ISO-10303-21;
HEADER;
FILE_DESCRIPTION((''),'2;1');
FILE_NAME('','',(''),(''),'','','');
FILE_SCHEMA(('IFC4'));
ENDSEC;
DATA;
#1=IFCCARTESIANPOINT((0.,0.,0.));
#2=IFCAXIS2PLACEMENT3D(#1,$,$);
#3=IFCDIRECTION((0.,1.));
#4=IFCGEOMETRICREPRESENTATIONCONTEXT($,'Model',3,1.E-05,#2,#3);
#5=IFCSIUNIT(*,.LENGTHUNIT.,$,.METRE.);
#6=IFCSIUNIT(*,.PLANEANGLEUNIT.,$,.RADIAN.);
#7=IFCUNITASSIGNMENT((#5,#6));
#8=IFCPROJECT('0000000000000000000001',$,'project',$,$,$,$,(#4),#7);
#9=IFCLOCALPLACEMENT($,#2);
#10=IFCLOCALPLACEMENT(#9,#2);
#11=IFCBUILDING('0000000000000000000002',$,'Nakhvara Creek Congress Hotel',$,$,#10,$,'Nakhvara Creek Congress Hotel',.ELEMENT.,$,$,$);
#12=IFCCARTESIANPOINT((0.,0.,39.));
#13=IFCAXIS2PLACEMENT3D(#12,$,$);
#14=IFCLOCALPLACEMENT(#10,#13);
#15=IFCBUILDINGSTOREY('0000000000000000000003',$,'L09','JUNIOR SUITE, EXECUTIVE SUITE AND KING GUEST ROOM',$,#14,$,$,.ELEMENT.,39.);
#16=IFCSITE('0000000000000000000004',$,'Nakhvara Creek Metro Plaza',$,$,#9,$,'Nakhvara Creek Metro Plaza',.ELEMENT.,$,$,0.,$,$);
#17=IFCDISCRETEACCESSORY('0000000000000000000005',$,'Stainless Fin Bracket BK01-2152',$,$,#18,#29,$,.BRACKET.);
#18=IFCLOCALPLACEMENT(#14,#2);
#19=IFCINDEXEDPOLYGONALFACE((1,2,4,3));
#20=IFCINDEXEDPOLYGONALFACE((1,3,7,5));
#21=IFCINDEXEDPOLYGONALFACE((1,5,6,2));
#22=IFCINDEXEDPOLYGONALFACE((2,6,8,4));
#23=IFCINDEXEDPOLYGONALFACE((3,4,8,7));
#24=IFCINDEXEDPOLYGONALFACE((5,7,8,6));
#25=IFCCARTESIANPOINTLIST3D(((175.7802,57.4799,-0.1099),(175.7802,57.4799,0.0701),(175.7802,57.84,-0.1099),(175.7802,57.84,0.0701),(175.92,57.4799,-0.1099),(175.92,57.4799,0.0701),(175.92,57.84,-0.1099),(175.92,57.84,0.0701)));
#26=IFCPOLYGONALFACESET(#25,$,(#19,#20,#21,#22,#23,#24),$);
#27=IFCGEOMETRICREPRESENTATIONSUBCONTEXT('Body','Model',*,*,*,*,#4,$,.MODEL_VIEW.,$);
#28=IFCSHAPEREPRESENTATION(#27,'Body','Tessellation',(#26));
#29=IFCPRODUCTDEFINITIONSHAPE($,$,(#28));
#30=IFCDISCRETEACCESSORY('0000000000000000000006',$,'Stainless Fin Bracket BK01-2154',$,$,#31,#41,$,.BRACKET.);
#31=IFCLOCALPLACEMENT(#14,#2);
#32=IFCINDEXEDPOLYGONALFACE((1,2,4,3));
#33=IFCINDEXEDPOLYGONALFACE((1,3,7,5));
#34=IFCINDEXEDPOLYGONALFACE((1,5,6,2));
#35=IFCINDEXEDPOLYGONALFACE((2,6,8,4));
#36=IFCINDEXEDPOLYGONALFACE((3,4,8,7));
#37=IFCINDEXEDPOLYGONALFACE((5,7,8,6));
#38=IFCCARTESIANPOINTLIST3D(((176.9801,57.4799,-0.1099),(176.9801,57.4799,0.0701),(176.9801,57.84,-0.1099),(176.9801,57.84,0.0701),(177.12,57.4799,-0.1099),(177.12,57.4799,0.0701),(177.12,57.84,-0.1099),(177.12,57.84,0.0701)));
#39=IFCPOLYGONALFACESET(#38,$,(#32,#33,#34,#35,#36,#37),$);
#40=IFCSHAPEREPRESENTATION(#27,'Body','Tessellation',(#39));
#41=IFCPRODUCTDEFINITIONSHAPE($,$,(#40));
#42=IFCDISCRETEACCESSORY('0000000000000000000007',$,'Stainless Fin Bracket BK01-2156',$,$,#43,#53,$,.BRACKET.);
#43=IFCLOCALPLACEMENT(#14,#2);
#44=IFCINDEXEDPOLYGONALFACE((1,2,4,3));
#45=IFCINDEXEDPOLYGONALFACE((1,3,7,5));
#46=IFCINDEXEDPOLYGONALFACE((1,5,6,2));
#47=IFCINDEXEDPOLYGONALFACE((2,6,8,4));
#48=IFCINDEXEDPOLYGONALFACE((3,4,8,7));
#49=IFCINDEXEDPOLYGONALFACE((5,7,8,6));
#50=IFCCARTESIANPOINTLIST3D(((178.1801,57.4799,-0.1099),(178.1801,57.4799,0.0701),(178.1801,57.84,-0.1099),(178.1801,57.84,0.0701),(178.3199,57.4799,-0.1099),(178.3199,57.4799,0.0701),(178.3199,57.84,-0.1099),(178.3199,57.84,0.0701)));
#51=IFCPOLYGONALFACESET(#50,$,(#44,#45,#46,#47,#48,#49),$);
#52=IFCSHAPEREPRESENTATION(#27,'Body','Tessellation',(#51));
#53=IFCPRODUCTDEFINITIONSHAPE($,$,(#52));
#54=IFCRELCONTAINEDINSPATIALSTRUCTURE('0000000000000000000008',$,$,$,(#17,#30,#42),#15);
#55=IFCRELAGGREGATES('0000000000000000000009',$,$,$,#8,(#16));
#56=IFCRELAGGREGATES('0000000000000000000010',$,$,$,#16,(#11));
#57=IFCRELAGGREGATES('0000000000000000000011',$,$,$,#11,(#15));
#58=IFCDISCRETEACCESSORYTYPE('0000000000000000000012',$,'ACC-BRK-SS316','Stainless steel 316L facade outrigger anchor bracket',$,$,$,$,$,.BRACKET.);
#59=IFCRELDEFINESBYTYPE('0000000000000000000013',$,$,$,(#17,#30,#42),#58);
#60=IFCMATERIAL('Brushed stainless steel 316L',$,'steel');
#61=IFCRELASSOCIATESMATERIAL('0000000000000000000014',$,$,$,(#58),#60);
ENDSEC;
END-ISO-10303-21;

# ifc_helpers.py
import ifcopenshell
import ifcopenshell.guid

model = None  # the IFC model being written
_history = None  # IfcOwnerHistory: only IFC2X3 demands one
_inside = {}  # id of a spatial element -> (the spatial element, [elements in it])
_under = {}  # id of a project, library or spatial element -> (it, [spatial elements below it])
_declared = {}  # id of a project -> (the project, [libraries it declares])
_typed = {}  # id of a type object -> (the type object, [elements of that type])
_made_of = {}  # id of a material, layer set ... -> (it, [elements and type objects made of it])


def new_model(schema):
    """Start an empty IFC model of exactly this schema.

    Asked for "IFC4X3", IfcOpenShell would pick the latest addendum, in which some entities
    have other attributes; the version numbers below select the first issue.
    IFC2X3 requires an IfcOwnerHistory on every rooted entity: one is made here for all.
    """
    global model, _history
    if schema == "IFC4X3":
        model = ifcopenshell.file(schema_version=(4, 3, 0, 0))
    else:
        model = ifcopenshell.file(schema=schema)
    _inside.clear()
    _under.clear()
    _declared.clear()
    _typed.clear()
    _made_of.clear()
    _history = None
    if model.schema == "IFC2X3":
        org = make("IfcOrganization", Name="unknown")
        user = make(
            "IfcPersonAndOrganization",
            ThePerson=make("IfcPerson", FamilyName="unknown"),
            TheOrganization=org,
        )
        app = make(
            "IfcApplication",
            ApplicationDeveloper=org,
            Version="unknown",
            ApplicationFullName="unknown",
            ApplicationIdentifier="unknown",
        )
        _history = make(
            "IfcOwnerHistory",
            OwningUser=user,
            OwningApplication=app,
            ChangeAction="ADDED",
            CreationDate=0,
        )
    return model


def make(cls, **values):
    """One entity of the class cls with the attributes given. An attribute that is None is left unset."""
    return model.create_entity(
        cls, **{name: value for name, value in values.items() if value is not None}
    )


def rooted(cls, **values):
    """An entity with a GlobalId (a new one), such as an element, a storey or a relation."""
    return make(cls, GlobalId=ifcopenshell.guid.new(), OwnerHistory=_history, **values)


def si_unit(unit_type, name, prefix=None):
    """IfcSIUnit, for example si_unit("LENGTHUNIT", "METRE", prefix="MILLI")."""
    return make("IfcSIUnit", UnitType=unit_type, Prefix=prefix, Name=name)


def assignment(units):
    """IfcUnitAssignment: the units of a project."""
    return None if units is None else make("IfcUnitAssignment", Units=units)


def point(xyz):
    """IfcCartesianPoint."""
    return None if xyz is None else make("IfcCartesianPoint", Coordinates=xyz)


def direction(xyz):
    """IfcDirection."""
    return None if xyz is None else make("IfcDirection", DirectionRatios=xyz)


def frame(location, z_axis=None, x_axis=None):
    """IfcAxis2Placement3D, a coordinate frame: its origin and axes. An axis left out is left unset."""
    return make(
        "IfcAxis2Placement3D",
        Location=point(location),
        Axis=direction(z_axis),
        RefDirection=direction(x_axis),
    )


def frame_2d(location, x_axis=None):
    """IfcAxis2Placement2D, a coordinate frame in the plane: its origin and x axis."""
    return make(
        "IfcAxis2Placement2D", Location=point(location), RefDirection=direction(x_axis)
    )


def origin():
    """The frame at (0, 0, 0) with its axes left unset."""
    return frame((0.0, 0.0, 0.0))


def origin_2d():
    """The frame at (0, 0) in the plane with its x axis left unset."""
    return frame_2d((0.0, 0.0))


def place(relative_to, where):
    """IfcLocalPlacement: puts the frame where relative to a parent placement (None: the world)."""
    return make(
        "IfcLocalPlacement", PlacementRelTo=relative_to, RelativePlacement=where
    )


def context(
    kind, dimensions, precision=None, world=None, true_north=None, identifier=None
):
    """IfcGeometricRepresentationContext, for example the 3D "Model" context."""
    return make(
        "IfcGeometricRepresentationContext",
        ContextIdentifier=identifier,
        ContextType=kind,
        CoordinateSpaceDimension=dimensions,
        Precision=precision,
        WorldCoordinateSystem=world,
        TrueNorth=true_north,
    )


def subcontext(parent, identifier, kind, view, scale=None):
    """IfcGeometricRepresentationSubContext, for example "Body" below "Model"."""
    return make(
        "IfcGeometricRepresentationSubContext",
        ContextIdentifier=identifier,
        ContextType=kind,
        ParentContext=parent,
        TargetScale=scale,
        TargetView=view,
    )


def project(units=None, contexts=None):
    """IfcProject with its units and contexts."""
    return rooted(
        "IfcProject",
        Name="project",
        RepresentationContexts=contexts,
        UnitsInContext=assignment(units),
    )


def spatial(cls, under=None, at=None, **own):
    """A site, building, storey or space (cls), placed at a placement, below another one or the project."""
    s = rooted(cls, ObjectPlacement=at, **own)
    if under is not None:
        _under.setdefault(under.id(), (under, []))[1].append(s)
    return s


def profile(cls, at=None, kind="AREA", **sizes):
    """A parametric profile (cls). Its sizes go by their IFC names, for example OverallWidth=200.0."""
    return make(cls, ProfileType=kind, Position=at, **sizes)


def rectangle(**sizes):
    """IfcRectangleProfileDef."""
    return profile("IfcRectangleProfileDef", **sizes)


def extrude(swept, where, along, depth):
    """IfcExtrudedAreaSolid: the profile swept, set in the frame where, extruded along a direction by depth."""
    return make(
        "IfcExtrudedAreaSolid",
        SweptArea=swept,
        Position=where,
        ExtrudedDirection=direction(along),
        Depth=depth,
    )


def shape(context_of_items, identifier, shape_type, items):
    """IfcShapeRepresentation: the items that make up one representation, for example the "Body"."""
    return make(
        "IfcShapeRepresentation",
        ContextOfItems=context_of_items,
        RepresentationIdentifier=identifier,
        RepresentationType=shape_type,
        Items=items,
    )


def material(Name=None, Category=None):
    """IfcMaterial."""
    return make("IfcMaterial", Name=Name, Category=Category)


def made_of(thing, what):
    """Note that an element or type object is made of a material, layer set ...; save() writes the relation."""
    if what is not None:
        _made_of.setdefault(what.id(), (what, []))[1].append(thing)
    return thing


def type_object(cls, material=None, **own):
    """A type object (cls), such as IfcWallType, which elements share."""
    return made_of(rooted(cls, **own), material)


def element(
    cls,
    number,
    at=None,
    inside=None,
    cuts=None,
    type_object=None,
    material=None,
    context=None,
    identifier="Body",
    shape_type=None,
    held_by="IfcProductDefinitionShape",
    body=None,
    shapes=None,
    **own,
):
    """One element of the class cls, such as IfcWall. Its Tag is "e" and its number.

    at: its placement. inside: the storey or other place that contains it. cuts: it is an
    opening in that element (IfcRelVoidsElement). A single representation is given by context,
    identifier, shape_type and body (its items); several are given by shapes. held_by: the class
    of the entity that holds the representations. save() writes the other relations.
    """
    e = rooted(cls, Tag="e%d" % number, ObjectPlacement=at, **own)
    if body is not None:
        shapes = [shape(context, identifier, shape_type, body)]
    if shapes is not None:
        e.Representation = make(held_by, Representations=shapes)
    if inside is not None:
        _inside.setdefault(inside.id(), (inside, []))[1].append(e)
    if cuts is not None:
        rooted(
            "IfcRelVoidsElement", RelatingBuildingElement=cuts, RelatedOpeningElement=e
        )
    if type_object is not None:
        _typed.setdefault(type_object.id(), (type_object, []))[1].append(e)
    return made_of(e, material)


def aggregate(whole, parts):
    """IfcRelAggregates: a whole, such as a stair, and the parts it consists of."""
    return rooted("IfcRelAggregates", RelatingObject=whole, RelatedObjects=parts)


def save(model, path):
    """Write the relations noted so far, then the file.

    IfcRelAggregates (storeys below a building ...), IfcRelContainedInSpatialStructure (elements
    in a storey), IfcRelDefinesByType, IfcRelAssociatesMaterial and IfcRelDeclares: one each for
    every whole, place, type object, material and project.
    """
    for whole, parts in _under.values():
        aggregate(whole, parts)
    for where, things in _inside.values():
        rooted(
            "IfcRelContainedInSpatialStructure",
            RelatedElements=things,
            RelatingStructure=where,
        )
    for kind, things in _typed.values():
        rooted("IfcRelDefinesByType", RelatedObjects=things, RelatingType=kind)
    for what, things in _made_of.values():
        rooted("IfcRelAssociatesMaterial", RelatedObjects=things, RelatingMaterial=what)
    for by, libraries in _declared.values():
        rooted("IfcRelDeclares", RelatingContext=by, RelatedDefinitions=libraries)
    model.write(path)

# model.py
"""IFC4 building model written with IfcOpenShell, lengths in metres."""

from ifc_helpers import new_model, si_unit, direction, frame, origin, origin_2d, place, context, subcontext, project, spatial, rectangle, extrude, material, type_object, element, save


model = new_model("IFC4")

# Units and contexts
model_context = context("Model", 3, precision=1e-05, world=origin(), true_north=direction((0.0, 1.0)))
body_context = subcontext(model_context, "Body", "Model", "MODEL_VIEW")
ifc_project = project(units=[si_unit("LENGTHUNIT", "METRE"), si_unit("PLANEANGLEUNIT", "RADIAN")], contexts=[model_context])

# Site, building, storey
site_placement = place(None, origin())
site = spatial("IfcSite", under=ifc_project, at=site_placement, Name="Nakhvara Creek Metro Plaza", LongName="Nakhvara Creek Metro Plaza", CompositionType="ELEMENT", RefElevation=0.0)
building_placement = place(site_placement, origin())
building = spatial("IfcBuilding", under=site, at=building_placement, Name="Nakhvara Creek Congress Hotel", LongName="Nakhvara Creek Congress Hotel", CompositionType="ELEMENT")
storey_placement = place(building_placement, frame((0.0, 0.0, 39.0)))
storey = spatial("IfcBuildingStorey", under=building, at=storey_placement, Name="L09", Description="JUNIOR SUITE, EXECUTIVE SUITE AND KING GUEST ROOM", CompositionType="ELEMENT", Elevation=39.0)

# Discrete accessories
ifc_material_1 = material(Name="Brushed stainless steel 316L", Category="steel")
discrete_accessory_type = type_object("IfcDiscreteAccessoryType", Name="ACC-BRK-SS316", Description="Stainless steel 316L facade outrigger anchor bracket", PredefinedType="BRACKET", material=ifc_material_1)
for number, where, z_axis, x_axis, name in (
    (1, (175.8501, 57.6599, -0.1099), (0.0, 0.0, 1.0), (1.0, 0.0, 0.0), "Stainless Fin Bracket BK01-2152"),
    (2, (177.05, 57.6599, -0.1099), (0.0, 0.0, 1.0), (1.0, 0.0, 0.0), "Stainless Fin Bracket BK01-2154"),
    (3, (178.25, 57.6599, -0.1099), (0.0, 0.0, 1.0), (1.0, 0.0, 0.0), "Stainless Fin Bracket BK01-2156"),
):
    element("IfcDiscreteAccessory", number, at=place(storey_placement, frame(where, z_axis=z_axis, x_axis=x_axis)), inside=storey, type_object=discrete_accessory_type, Name=name, PredefinedType="BRACKET", context=body_context, shape_type="SweptSolid", body=[
        extrude(rectangle(XDim=0.1399, YDim=0.3601, at=origin_2d()), origin(), (0.0, 0.0, 1.0), 0.1799),
    ])

save(model, "model.ifc")
